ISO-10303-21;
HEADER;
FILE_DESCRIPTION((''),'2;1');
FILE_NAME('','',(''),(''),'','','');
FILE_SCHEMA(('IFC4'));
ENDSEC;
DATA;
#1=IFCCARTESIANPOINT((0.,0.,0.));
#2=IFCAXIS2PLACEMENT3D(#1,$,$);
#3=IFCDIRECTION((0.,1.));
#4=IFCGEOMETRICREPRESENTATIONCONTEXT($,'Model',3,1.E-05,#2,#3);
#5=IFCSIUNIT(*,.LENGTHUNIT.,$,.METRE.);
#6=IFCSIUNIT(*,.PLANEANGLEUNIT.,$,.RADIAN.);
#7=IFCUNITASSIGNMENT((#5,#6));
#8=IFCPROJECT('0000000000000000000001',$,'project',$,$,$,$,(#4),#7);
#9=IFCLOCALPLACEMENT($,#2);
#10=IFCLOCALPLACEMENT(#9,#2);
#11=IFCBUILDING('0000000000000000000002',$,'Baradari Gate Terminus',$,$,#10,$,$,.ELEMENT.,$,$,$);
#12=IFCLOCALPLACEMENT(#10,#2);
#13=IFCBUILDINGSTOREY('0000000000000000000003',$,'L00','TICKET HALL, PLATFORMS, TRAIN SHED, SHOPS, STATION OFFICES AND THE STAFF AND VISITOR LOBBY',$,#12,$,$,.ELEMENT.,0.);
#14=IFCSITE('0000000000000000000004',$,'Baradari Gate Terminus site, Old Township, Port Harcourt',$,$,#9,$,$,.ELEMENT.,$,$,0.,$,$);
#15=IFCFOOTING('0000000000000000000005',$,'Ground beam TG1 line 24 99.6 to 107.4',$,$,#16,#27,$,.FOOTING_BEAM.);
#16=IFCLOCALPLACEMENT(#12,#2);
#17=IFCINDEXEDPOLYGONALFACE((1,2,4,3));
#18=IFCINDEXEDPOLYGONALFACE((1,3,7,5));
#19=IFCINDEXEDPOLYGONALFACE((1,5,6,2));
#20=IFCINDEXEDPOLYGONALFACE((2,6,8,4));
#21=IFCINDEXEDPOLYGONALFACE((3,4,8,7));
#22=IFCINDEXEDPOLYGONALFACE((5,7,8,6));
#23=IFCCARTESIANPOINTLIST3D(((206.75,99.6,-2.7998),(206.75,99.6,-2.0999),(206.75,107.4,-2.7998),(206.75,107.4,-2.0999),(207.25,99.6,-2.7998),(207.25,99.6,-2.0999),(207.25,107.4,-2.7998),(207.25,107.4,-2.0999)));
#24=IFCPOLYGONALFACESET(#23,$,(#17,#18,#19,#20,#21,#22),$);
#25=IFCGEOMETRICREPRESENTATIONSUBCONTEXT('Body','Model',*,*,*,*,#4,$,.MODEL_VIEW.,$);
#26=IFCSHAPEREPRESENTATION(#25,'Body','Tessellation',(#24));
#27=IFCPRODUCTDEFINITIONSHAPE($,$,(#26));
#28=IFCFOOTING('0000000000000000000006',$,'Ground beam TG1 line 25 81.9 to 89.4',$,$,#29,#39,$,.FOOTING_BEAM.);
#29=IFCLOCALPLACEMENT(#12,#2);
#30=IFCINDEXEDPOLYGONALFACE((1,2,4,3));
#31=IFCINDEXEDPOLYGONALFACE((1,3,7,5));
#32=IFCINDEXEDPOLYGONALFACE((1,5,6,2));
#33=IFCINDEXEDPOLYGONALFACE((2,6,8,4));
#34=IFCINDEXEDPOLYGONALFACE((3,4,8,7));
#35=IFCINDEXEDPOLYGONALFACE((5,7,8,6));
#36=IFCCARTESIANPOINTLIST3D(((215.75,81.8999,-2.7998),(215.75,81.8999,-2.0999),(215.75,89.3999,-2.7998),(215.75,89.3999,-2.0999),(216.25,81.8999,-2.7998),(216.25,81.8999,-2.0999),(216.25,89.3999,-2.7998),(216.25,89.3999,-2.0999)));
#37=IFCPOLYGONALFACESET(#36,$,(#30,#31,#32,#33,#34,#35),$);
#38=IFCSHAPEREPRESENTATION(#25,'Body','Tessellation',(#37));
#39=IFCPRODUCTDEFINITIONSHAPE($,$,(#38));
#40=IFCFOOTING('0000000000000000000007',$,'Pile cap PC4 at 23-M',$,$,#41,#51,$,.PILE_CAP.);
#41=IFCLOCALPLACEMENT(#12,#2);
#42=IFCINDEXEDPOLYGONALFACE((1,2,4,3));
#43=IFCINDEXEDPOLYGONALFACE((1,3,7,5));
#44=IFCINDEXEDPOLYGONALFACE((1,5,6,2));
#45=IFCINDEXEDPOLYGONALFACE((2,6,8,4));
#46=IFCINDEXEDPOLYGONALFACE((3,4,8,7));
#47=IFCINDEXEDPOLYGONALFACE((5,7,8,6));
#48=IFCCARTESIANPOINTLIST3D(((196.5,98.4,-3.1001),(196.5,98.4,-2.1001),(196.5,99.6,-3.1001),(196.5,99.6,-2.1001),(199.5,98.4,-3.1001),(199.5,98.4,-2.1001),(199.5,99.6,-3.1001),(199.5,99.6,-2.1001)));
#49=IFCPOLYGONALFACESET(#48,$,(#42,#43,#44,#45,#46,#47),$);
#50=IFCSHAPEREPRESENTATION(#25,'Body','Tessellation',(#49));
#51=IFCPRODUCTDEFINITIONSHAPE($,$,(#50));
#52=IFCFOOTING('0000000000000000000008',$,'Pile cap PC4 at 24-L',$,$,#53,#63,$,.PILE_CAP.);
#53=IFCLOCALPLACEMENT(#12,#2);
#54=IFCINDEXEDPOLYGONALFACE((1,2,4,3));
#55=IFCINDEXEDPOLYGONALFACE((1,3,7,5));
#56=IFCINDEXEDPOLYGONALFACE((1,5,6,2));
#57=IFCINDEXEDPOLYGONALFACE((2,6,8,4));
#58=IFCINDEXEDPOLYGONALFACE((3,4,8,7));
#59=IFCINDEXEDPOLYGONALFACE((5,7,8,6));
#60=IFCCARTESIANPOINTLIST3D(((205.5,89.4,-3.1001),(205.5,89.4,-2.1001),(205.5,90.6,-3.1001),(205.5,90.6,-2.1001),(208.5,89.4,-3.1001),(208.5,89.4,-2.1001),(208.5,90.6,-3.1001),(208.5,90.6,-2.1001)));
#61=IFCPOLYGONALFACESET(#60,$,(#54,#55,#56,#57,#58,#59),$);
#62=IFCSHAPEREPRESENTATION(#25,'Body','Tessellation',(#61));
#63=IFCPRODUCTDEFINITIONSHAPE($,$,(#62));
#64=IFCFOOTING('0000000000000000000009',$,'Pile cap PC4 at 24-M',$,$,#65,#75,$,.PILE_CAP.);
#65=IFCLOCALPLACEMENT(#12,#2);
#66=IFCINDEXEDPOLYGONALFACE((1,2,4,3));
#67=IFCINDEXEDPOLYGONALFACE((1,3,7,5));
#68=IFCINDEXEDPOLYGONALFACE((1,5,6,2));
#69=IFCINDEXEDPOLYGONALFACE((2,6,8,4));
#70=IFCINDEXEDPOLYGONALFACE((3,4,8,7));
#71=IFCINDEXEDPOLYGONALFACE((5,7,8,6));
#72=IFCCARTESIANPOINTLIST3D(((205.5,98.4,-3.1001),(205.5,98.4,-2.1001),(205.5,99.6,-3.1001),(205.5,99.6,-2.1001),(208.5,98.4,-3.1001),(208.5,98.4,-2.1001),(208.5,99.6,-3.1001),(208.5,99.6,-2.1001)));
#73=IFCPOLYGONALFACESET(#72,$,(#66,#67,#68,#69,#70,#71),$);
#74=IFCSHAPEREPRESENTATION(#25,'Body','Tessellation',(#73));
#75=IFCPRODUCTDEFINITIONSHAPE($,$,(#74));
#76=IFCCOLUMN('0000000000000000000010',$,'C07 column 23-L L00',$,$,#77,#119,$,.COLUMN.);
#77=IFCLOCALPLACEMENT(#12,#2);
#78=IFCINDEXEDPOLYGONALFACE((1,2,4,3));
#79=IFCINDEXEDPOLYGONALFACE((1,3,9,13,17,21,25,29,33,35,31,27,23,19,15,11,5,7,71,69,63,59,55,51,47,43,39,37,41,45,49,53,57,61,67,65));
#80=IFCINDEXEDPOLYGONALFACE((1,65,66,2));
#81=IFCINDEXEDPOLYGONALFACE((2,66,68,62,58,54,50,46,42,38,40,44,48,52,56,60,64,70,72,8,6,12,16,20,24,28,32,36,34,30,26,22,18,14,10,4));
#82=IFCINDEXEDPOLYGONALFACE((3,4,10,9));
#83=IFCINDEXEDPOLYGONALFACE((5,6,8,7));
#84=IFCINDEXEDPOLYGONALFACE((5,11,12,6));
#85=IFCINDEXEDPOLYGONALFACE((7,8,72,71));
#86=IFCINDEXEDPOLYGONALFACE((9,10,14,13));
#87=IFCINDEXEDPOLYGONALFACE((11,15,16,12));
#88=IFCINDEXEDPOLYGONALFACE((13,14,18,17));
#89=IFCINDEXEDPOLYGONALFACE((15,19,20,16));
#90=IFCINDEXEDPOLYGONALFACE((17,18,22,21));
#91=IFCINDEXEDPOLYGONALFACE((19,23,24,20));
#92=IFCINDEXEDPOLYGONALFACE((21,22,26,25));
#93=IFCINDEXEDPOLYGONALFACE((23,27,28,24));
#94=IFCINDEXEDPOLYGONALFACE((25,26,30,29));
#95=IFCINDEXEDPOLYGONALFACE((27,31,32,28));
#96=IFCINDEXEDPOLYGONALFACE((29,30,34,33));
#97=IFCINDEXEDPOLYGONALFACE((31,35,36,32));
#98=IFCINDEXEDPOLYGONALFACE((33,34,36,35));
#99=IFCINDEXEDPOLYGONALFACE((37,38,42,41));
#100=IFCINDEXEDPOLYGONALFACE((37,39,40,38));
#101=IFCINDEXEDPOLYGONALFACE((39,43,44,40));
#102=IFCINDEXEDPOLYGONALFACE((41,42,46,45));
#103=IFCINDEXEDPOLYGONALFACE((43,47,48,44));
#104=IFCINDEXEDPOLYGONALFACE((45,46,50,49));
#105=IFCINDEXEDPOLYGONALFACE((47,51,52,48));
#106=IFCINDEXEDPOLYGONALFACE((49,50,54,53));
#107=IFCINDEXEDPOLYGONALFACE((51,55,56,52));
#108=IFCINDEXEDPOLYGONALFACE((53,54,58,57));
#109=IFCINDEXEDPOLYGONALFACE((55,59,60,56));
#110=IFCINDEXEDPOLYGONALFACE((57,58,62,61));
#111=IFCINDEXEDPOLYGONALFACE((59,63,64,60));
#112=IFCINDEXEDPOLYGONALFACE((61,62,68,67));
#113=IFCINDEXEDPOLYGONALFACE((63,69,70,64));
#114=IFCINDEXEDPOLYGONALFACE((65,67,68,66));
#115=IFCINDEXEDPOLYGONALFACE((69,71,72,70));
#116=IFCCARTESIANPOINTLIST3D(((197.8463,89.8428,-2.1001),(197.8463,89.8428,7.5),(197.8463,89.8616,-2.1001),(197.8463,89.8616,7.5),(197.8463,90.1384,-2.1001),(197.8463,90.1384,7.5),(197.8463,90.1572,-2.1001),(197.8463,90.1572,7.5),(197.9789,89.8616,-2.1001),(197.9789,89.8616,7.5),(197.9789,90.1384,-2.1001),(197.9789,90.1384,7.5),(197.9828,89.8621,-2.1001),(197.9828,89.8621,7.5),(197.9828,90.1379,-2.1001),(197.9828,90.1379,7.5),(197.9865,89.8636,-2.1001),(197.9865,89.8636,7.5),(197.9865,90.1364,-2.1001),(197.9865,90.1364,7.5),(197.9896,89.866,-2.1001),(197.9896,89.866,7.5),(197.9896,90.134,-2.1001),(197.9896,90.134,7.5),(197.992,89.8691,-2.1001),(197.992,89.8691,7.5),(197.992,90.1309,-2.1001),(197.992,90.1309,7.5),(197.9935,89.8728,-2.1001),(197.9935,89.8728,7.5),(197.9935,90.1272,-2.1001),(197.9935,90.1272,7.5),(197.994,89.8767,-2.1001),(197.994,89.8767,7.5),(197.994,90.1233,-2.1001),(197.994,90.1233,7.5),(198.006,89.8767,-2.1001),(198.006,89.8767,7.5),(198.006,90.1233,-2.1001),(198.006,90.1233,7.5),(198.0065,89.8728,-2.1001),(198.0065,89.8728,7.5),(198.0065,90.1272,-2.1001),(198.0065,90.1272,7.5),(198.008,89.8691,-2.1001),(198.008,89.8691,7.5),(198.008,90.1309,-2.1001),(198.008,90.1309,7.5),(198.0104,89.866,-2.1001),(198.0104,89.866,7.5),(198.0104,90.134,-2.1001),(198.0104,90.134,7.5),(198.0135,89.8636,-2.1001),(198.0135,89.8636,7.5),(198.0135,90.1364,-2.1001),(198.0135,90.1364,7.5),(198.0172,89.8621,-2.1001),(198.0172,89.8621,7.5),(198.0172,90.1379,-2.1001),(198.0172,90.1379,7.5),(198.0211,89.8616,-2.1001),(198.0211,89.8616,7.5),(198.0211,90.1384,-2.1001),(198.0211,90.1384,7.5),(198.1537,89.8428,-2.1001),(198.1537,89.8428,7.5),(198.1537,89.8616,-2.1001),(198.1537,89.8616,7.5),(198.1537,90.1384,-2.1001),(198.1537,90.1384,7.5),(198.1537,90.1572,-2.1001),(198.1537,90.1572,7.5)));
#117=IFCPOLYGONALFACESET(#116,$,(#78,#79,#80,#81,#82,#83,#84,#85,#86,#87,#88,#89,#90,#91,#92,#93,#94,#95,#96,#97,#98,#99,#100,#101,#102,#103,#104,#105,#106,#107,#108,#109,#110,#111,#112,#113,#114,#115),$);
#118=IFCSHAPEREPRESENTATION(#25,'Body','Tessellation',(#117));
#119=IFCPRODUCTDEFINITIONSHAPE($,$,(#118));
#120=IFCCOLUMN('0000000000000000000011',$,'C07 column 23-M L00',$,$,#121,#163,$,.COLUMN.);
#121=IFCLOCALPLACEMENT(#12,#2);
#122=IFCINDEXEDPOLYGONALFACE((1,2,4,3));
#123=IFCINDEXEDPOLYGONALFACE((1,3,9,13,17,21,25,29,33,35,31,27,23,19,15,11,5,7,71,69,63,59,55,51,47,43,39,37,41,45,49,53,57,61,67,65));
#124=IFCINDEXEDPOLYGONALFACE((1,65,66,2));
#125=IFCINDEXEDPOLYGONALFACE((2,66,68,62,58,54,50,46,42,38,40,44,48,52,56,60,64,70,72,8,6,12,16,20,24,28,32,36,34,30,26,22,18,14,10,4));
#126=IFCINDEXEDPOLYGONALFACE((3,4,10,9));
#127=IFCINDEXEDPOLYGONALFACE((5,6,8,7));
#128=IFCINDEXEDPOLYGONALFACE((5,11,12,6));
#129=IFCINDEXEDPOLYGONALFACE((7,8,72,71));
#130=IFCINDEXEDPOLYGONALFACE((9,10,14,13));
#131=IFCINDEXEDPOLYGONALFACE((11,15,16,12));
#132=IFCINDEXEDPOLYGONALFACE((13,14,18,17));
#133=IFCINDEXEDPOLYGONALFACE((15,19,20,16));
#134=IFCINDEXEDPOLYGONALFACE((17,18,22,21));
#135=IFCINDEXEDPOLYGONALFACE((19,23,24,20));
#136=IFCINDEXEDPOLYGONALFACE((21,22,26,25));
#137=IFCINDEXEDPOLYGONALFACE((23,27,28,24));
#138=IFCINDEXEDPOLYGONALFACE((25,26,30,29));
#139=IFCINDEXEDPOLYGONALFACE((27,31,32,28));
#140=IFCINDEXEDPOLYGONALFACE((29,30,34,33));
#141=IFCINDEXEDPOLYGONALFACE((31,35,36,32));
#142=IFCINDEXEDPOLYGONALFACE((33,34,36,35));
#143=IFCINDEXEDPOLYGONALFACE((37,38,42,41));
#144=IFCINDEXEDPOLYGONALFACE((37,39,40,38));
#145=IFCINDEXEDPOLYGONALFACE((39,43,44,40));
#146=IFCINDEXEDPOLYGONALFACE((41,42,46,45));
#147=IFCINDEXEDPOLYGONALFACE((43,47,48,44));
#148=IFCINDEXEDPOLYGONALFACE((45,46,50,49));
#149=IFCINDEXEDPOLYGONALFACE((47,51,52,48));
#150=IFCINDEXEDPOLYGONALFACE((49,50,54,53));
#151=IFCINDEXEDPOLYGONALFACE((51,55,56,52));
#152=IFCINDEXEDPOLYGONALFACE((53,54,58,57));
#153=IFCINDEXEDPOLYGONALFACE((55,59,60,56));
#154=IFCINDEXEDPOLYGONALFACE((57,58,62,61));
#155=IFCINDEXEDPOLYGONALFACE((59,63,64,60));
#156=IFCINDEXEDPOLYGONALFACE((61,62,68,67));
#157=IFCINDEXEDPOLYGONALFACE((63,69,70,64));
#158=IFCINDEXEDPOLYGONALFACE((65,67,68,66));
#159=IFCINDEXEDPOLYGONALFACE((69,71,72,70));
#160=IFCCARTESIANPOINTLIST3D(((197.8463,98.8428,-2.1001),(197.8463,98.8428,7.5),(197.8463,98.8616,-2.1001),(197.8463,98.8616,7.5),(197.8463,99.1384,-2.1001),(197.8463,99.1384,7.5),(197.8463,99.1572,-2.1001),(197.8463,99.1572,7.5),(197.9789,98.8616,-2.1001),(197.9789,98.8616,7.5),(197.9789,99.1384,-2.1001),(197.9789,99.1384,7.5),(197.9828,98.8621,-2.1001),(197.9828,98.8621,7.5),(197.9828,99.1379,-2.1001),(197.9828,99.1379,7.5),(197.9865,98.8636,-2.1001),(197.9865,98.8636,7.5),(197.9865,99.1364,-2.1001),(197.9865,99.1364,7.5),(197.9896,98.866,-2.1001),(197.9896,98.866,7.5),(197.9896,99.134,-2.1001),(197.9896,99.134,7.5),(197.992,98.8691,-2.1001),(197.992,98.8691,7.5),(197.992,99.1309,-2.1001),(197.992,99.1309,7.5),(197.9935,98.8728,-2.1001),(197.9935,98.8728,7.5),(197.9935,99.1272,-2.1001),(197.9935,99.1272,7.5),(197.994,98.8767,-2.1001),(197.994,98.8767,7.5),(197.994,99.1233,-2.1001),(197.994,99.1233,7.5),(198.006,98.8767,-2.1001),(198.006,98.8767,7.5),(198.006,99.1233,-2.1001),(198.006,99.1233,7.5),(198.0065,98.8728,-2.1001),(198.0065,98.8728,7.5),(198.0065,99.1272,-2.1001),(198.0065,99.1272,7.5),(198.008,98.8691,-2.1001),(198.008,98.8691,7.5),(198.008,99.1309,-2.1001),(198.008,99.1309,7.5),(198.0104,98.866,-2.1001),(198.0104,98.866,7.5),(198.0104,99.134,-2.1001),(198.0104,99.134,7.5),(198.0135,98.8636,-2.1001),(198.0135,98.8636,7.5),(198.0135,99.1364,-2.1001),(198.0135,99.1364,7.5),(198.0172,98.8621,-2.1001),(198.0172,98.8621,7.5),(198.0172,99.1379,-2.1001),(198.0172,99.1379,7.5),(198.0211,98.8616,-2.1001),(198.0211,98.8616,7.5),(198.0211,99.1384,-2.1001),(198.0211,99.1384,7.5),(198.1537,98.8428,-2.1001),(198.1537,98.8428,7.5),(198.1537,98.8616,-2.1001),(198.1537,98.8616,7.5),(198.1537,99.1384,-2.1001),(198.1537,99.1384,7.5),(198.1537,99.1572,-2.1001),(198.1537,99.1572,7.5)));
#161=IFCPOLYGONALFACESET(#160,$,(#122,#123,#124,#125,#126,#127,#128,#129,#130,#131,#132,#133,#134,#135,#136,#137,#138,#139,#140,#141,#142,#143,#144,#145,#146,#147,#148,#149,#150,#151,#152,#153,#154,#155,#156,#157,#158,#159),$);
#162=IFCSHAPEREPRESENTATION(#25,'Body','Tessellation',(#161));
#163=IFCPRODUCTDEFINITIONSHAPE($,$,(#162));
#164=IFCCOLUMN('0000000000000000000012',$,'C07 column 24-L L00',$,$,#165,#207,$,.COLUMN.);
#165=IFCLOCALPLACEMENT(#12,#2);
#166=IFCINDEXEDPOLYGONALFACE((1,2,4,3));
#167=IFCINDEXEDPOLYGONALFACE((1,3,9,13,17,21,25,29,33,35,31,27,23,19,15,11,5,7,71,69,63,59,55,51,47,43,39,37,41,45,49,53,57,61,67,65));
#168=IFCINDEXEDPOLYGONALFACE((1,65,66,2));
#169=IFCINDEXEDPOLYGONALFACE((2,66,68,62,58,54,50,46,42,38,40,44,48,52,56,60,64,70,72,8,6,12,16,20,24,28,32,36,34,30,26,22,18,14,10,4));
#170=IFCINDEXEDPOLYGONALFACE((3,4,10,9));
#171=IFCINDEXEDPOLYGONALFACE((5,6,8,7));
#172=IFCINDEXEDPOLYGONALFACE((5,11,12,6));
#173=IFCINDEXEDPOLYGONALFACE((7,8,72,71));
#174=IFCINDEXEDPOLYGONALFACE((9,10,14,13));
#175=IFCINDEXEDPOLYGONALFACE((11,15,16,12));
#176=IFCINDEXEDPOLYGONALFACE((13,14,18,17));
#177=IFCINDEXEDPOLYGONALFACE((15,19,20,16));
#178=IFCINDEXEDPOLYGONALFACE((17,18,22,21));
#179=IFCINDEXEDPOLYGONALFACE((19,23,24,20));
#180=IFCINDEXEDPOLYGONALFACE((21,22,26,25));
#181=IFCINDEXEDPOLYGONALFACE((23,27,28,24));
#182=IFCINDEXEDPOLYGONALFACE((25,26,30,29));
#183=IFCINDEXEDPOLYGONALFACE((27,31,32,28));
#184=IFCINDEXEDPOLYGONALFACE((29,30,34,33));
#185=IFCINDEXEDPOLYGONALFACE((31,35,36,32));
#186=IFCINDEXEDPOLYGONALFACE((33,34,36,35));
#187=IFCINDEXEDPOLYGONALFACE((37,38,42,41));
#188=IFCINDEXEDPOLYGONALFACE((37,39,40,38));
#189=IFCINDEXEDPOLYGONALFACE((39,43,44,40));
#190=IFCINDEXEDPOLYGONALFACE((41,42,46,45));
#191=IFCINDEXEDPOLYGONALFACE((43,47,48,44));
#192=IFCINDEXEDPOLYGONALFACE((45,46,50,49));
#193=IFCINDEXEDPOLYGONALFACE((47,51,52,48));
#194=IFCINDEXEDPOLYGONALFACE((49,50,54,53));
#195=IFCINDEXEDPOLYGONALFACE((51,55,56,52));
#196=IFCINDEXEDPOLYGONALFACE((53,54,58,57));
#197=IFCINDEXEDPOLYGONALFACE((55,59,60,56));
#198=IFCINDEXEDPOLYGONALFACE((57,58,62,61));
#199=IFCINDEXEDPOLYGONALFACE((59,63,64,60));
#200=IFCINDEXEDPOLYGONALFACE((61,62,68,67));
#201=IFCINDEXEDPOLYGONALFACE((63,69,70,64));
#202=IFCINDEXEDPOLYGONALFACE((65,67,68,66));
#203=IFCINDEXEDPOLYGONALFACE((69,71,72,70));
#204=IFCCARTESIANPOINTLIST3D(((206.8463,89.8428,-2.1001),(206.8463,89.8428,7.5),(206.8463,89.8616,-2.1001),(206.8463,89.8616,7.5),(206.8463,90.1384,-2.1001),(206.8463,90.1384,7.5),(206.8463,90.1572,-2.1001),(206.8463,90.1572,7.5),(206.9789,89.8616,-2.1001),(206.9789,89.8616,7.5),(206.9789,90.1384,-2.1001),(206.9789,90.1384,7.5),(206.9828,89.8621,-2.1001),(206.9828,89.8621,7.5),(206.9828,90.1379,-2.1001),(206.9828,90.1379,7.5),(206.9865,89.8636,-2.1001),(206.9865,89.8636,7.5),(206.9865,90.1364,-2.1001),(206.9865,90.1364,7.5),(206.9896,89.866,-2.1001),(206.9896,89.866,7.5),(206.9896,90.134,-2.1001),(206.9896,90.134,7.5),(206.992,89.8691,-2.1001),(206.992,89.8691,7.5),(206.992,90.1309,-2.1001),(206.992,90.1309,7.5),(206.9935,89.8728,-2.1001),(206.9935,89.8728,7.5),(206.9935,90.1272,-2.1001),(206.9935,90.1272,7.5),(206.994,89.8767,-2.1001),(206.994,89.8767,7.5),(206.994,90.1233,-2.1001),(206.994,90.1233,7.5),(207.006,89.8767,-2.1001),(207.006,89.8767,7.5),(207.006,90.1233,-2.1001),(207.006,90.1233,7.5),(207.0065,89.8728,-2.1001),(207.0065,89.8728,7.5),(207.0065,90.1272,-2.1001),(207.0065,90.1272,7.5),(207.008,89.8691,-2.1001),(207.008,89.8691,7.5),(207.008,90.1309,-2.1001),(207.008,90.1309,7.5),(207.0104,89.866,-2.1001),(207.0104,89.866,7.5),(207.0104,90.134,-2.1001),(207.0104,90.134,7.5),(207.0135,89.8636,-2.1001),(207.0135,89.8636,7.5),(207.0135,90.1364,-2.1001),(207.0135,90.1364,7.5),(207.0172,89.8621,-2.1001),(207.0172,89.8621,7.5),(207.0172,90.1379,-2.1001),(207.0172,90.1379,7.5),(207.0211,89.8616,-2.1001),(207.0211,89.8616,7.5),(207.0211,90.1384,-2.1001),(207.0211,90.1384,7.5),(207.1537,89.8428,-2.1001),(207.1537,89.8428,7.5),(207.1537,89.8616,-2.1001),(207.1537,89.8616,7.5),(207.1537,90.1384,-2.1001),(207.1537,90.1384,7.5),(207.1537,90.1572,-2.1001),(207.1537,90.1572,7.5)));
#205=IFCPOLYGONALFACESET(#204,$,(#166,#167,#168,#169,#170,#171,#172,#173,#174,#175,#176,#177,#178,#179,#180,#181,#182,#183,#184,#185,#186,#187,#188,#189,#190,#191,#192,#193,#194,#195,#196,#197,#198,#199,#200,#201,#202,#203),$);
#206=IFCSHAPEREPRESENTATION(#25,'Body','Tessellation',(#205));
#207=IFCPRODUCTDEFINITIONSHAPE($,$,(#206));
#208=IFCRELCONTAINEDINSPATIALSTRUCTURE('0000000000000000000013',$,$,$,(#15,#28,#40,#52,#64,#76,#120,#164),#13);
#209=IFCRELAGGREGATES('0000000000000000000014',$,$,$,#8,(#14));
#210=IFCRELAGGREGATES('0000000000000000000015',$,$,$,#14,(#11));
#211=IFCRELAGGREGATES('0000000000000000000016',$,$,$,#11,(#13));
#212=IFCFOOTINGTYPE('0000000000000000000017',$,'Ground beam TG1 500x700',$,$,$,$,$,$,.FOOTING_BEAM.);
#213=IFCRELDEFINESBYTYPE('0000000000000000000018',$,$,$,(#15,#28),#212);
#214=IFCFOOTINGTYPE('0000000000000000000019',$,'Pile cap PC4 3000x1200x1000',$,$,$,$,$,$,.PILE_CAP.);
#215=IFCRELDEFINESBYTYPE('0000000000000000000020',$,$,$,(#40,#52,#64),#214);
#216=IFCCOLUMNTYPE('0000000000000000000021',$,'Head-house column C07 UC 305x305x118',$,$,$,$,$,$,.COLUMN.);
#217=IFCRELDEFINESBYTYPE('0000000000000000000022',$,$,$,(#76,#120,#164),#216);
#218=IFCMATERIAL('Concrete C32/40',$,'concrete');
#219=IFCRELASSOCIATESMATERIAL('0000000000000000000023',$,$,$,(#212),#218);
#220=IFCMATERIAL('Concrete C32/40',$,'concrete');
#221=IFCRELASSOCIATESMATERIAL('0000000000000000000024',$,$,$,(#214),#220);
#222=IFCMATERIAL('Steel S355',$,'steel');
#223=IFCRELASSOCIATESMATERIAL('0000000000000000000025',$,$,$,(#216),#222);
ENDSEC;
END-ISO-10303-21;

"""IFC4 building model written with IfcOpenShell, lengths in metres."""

from ifc_helpers import new_model, si_unit, direction, frame, origin, origin_2d, place, context, subcontext, project, spatial, rectangle, i_section, extrude, material, material_profile, profile_set, type_object, element, save


model = new_model("IFC4")

# Units and contexts
model_context = context("Model", 3, precision=1e-05, world=origin(), true_north=direction((0.0, 1.0)))
body_context = subcontext(model_context, "Body", "Model", "MODEL_VIEW")
ifc_project = project(units=[si_unit("LENGTHUNIT", "METRE"), si_unit("PLANEANGLEUNIT", "RADIAN")], contexts=[model_context])

# Site, building, storey
site_placement = place(None, origin())
site = spatial("IfcSite", under=ifc_project, at=site_placement, Name="Baradari Gate Terminus site, Old Township, Port Harcourt", CompositionType="ELEMENT", RefElevation=0.0)
building_placement = place(site_placement, origin())
building = spatial("IfcBuilding", under=site, at=building_placement, Name="Baradari Gate Terminus", CompositionType="ELEMENT")
storey_placement = place(building_placement, origin())
storey = spatial("IfcBuildingStorey", under=building, at=storey_placement, Name="L00", Description="TICKET HALL, PLATFORMS, TRAIN SHED, SHOPS, STATION OFFICES AND THE STAFF AND VISITOR LOBBY", CompositionType="ELEMENT", Elevation=0.0)

# Footings
ifc_material_1 = material(Name="Concrete C32/40", Category="concrete")
footing_type_1 = type_object("IfcFootingType", Name="Ground beam TG1 500x700", PredefinedType="FOOTING_BEAM", material=ifc_material_1)
for number, where, z_axis, x_axis, name in (
    (1, (207.0, 103.5, -2.7998), (0.0, 0.0, 1.0), (1.0, 0.0, 0.0), "Ground beam TG1 line 24 99.6 to 107.4"),
):
    element("IfcFooting", number, at=place(storey_placement, frame(where, z_axis=z_axis, x_axis=x_axis)), inside=storey, type_object=footing_type_1, Name=name, PredefinedType="FOOTING_BEAM", context=body_context, shape_type="SweptSolid", body=[
        extrude(rectangle(XDim=0.5, YDim=7.8, at=origin_2d()), origin(), (0.0, 0.0, 1.0), 0.7),
    ])
footing_1_placement = place(storey_placement, frame((216.0, 85.6499, -2.7998), z_axis=(0.0, 0.0, 1.0), x_axis=(1.0, 0.0, 0.0)))
element("IfcFooting", 2, at=footing_1_placement, inside=storey, type_object=footing_type_1, Name="Ground beam TG1 line 25 81.9 to 89.4", PredefinedType="FOOTING_BEAM", context=body_context, shape_type="SweptSolid", body=[
    extrude(rectangle(XDim=0.5, YDim=7.5, at=origin_2d()), origin(), (0.0, 0.0, 1.0), 0.7),
])
ifc_material_2 = material(Name="Concrete C32/40", Category="concrete")
footing_type_2 = type_object("IfcFootingType", Name="Pile cap PC4 3000x1200x1000", PredefinedType="PILE_CAP", material=ifc_material_2)
for number, where, z_axis, x_axis, name in (
    (3, (198.0, 99.0, -3.1001), (0.0, 0.0, 1.0), (1.0, 0.0, 0.0), "Pile cap PC4 at 23-M"),
    (4, (207.0, 90.0, -3.1001), (0.0, 0.0, 1.0), (1.0, 0.0, 0.0), "Pile cap PC4 at 24-L"),
    (5, (207.0, 99.0, -3.1001), (0.0, 0.0, 1.0), (1.0, 0.0, 0.0), "Pile cap PC4 at 24-M"),
):
    element("IfcFooting", number, at=place(storey_placement, frame(where, z_axis=z_axis, x_axis=x_axis)), inside=storey, type_object=footing_type_2, Name=name, PredefinedType="PILE_CAP", context=body_context, shape_type="SweptSolid", body=[
        extrude(rectangle(XDim=3.0, YDim=1.2, at=origin_2d()), origin(), (0.0, 0.0, 1.0), 1.0),
    ])

# Columns
ifc_material_3 = material(Name="Steel S355", Category="steel")
ifc_material_profile = material_profile(ifc_material_3, i_section(OverallWidth=0.3074, OverallDepth=0.3145, WebThickness=0.012, FlangeThickness=0.0188, FilletRadius=0.0151, at=origin_2d()), Name="UC 305x305x118")
ifc_profile_set = profile_set([ifc_material_profile], Name="Steel S355")
column_type = type_object("IfcColumnType", Name="Head-house column C07 UC 305x305x118", PredefinedType="COLUMN", material=ifc_profile_set)
for number, where, z_axis, x_axis, name in (
    (6, (198.0, 90.0, -2.1001), (0.0, 0.0, 1.0), (1.0, 0.0, 0.0), "C07 column 23-L L00"),
    (7, (198.0, 99.0, -2.1001), (0.0, 0.0, 1.0), (1.0, 0.0, 0.0), "C07 column 23-M L00"),
    (8, (207.0, 90.0, -2.1001), (0.0, 0.0, 1.0), (1.0, 0.0, 0.0), "C07 column 24-L L00"),
):
    element("IfcColumn", number, at=place(storey_placement, frame(where, z_axis=z_axis, x_axis=x_axis)), inside=storey, type_object=column_type, Name=name, PredefinedType="COLUMN", context=body_context, shape_type="SweptSolid", body=[
        extrude(i_section(OverallWidth=0.3074, OverallDepth=0.3145, WebThickness=0.012, FlangeThickness=0.0188, FilletRadius=0.0151, at=origin_2d()), origin(), (0.0, 0.0, 1.0), 9.6001),
    ])

save(model, "model.ifc")
